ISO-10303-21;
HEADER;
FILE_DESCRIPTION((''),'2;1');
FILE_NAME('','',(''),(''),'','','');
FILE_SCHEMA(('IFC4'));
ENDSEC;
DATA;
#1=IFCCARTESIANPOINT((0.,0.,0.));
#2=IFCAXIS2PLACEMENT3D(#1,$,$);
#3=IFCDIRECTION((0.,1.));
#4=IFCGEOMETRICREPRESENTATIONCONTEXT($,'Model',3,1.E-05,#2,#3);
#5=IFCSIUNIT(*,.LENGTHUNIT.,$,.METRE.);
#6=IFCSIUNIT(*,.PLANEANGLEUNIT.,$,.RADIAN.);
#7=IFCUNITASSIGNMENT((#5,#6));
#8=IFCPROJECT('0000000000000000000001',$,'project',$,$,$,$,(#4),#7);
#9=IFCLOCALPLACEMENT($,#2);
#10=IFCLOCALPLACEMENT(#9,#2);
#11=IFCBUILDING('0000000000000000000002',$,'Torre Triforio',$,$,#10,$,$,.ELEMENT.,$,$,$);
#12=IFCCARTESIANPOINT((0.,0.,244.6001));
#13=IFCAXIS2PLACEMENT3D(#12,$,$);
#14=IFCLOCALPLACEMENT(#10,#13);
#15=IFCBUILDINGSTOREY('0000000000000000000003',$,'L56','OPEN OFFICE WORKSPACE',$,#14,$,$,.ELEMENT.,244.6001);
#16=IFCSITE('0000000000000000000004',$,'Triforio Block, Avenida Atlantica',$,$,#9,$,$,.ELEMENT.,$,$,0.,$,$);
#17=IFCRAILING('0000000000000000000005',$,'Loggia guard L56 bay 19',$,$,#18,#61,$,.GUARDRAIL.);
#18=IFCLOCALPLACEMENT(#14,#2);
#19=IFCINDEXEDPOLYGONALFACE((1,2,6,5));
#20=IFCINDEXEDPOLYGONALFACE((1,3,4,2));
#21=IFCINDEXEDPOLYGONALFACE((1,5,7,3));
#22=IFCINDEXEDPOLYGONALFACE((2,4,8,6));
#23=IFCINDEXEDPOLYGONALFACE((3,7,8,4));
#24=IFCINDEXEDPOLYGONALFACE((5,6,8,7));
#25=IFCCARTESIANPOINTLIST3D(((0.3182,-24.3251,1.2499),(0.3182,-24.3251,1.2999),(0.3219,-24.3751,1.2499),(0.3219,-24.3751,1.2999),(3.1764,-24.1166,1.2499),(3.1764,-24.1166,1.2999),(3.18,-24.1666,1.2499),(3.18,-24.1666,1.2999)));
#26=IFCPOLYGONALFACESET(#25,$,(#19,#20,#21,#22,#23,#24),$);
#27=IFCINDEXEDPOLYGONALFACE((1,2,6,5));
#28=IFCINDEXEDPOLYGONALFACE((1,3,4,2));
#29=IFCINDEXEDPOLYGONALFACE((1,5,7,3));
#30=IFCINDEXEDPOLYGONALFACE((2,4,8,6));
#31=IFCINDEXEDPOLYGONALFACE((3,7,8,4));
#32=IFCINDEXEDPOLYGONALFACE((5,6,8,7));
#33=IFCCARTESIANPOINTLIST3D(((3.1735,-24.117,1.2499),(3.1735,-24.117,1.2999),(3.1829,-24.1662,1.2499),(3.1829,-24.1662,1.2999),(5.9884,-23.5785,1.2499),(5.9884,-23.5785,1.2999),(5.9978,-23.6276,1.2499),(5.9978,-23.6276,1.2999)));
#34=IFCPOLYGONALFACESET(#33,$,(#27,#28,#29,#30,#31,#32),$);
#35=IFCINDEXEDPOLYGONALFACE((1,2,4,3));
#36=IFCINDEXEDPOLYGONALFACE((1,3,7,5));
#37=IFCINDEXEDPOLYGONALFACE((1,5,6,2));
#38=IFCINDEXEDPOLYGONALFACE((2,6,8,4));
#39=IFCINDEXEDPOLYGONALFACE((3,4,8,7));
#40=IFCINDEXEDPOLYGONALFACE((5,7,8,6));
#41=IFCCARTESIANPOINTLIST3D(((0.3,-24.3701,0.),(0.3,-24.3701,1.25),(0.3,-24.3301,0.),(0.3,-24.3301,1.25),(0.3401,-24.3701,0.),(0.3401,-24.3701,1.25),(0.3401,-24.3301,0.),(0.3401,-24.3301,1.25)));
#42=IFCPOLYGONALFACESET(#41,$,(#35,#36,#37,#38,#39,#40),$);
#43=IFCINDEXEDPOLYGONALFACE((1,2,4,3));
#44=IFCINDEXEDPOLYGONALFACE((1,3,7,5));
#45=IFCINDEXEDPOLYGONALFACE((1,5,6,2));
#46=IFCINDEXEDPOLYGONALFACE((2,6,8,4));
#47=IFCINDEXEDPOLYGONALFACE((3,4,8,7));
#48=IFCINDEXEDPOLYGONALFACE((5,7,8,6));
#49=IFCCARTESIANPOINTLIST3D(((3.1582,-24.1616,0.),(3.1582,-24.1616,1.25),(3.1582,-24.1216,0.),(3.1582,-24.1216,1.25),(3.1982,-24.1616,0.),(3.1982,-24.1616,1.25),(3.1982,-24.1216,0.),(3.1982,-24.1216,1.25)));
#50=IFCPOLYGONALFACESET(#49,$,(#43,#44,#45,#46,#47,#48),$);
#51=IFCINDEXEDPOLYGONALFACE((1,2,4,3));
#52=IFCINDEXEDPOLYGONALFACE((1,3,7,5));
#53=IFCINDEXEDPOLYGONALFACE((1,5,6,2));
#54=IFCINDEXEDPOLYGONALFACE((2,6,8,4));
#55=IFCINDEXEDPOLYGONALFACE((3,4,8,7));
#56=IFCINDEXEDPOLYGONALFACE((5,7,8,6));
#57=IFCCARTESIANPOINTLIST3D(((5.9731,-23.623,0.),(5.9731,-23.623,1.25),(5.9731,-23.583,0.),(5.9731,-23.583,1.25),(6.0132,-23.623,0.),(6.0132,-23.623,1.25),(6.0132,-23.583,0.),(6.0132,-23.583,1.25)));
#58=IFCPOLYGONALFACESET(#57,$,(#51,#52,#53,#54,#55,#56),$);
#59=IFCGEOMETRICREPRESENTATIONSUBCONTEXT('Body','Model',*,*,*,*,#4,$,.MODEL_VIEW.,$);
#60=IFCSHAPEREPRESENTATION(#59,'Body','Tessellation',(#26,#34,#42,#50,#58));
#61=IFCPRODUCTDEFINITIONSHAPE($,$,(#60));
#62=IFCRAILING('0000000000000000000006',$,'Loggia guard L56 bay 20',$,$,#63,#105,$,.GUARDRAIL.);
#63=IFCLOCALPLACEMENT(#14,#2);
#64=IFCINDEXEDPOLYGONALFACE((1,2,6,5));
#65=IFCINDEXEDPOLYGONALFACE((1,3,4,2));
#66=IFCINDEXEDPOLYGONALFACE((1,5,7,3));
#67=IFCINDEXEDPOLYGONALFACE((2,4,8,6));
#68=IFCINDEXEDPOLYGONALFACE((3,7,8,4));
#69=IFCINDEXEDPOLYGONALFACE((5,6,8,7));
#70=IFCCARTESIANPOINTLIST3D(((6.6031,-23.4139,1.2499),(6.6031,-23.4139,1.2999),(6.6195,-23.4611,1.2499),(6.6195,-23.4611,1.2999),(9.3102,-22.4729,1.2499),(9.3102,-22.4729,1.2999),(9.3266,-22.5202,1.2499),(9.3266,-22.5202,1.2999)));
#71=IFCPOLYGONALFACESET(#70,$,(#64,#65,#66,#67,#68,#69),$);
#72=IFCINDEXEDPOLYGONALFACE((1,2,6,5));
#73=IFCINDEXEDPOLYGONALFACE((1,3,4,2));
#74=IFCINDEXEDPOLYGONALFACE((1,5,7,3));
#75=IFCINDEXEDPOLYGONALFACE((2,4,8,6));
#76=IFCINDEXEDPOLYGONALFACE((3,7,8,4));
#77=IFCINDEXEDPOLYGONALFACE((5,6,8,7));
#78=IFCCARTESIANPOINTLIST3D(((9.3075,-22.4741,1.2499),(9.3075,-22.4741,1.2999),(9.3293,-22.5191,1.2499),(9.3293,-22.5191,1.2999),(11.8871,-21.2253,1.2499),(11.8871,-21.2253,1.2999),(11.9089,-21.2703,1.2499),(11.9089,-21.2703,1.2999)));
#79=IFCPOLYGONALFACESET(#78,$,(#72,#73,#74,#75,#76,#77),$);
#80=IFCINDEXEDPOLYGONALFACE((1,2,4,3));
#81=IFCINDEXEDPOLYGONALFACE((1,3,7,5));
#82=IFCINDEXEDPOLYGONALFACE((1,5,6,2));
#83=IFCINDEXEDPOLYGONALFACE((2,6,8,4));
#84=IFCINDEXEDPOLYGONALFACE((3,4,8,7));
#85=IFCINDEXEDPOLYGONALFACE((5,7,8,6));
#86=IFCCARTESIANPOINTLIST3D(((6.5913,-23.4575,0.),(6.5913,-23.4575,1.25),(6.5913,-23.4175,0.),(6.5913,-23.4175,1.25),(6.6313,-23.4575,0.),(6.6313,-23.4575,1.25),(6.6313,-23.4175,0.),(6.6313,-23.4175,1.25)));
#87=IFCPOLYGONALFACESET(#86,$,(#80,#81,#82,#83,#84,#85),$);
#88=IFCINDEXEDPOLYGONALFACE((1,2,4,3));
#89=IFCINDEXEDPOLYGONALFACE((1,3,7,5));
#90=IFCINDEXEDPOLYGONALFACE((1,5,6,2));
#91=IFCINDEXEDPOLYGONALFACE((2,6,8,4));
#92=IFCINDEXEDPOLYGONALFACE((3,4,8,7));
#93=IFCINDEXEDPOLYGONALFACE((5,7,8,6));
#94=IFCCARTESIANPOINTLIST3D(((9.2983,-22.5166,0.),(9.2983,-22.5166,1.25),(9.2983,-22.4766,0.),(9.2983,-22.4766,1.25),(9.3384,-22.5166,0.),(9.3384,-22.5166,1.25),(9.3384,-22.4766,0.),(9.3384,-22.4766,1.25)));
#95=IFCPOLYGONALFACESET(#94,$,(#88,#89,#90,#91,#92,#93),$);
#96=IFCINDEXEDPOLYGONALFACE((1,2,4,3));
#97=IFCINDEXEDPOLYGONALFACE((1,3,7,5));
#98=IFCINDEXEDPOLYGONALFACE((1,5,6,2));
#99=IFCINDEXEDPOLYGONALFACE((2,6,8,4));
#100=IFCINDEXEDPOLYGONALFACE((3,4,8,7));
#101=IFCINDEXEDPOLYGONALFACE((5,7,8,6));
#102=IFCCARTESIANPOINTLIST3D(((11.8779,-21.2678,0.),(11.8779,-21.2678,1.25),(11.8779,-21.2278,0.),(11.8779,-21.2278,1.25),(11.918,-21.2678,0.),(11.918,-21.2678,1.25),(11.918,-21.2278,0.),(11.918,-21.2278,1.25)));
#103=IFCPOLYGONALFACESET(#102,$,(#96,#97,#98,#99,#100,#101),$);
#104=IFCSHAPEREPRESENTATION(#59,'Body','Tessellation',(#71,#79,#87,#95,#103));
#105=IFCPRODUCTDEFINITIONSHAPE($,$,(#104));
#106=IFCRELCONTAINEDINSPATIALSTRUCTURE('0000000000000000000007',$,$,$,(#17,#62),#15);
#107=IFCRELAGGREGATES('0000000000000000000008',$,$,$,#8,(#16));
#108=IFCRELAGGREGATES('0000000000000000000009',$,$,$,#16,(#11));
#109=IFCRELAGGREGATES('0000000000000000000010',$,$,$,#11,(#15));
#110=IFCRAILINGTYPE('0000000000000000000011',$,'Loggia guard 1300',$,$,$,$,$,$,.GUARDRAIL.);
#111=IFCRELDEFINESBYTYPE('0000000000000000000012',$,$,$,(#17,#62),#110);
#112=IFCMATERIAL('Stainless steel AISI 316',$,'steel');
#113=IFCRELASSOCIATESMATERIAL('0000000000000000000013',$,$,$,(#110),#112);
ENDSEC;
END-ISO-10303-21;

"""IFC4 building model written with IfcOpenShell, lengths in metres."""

from ifc_helpers import new_model, si_unit, direction, frame, origin, origin_2d, place, context, subcontext, project, spatial, rectangle, extrude, material, type_object, element, save


model = new_model("IFC4")

# Units and contexts
model_context = context("Model", 3, precision=1e-05, world=origin(), true_north=direction((0.0, 1.0)))
body_context = subcontext(model_context, "Body", "Model", "MODEL_VIEW")
ifc_project = project(units=[si_unit("LENGTHUNIT", "METRE"), si_unit("PLANEANGLEUNIT", "RADIAN")], contexts=[model_context])

# Site, building, storey
site_placement = place(None, origin())
site = spatial("IfcSite", under=ifc_project, at=site_placement, Name="Triforio Block, Avenida Atlantica", CompositionType="ELEMENT", RefElevation=0.0)
building_placement = place(site_placement, origin())
building = spatial("IfcBuilding", under=site, at=building_placement, Name="Torre Triforio", CompositionType="ELEMENT")
storey_placement = place(building_placement, frame((0.0, 0.0, 244.6001)))
storey = spatial("IfcBuildingStorey", under=building, at=storey_placement, Name="L56", Description="OPEN OFFICE WORKSPACE", CompositionType="ELEMENT", Elevation=244.6001)

# Railings
ifc_material_1 = material(Name="Stainless steel AISI 316", Category="steel")
railing_type = type_object("IfcRailingType", Name="Loggia guard 1300", PredefinedType="GUARDRAIL", material=ifc_material_1)
railing_1_placement = place(storey_placement, frame((0.3201, -24.3501, 0.0)))
element("IfcRailing", 1, at=railing_1_placement, inside=storey, type_object=railing_type, Name="Loggia guard L56 bay 19", PredefinedType="GUARDRAIL", context=body_context, shape_type="SweptSolid", body=[
    extrude(rectangle(XDim=0.05, YDim=0.05, at=origin_2d()), frame((0.0, 0.0, 1.2749), z_axis=(0.99735, 0.072754, 0.0), x_axis=(-0.072754, 0.99735, 0.0)), (0.0, 0.0, 1.0), 2.8657),
    extrude(rectangle(XDim=0.05, YDim=0.05, at=origin_2d()), frame((2.8582, 0.2085, 1.2749), z_axis=(0.982185, 0.187918, 0.0), x_axis=(-0.187918, 0.982185, 0.0)), (0.0, 0.0, 1.0), 2.866),
    extrude(rectangle(XDim=0.04, YDim=0.04, at=origin_2d()), origin(), (0.0, 0.0, 1.0), 1.25),
    extrude(rectangle(XDim=0.04, YDim=0.04, at=origin_2d()), frame((2.8582, 0.2085, 0.0)), (0.0, 0.0, 1.0), 1.25),
    extrude(rectangle(XDim=0.04, YDim=0.04, at=origin_2d()), frame((5.6731, 0.7471, 0.0)), (0.0, 0.0, 1.0), 1.25),
])
railing_2_placement = place(storey_placement, frame((6.6113, -23.4375, 0.0)))
element("IfcRailing", 2, at=railing_2_placement, inside=storey, type_object=railing_type, Name="Loggia guard L56 bay 20", PredefinedType="GUARDRAIL", context=body_context, shape_type="SweptSolid", body=[
    extrude(rectangle(XDim=0.05, YDim=0.05, at=origin_2d()), frame((0.0, 0.0, 1.2749), z_axis=(0.944568, 0.328316, 0.0), x_axis=(-0.328316, 0.944568, 0.0)), (0.0, 0.0, 1.0), 2.866),
    extrude(rectangle(XDim=0.05, YDim=0.05, at=origin_2d()), frame((2.707, 0.9409, 1.2749), z_axis=(0.900078, 0.435728, 0.0), x_axis=(-0.435728, 0.900078, 0.0)), (0.0, 0.0, 1.0), 2.866),
    extrude(rectangle(XDim=0.04, YDim=0.04, at=origin_2d()), origin(), (0.0, 0.0, 1.0), 1.25),
    extrude(rectangle(XDim=0.04, YDim=0.04, at=origin_2d()), frame((2.707, 0.9409, 0.0)), (0.0, 0.0, 1.0), 1.25),
    extrude(rectangle(XDim=0.04, YDim=0.04, at=origin_2d()), frame((5.2866, 2.1897, 0.0)), (0.0, 0.0, 1.0), 1.25),
])

save(model, "model.ifc")
